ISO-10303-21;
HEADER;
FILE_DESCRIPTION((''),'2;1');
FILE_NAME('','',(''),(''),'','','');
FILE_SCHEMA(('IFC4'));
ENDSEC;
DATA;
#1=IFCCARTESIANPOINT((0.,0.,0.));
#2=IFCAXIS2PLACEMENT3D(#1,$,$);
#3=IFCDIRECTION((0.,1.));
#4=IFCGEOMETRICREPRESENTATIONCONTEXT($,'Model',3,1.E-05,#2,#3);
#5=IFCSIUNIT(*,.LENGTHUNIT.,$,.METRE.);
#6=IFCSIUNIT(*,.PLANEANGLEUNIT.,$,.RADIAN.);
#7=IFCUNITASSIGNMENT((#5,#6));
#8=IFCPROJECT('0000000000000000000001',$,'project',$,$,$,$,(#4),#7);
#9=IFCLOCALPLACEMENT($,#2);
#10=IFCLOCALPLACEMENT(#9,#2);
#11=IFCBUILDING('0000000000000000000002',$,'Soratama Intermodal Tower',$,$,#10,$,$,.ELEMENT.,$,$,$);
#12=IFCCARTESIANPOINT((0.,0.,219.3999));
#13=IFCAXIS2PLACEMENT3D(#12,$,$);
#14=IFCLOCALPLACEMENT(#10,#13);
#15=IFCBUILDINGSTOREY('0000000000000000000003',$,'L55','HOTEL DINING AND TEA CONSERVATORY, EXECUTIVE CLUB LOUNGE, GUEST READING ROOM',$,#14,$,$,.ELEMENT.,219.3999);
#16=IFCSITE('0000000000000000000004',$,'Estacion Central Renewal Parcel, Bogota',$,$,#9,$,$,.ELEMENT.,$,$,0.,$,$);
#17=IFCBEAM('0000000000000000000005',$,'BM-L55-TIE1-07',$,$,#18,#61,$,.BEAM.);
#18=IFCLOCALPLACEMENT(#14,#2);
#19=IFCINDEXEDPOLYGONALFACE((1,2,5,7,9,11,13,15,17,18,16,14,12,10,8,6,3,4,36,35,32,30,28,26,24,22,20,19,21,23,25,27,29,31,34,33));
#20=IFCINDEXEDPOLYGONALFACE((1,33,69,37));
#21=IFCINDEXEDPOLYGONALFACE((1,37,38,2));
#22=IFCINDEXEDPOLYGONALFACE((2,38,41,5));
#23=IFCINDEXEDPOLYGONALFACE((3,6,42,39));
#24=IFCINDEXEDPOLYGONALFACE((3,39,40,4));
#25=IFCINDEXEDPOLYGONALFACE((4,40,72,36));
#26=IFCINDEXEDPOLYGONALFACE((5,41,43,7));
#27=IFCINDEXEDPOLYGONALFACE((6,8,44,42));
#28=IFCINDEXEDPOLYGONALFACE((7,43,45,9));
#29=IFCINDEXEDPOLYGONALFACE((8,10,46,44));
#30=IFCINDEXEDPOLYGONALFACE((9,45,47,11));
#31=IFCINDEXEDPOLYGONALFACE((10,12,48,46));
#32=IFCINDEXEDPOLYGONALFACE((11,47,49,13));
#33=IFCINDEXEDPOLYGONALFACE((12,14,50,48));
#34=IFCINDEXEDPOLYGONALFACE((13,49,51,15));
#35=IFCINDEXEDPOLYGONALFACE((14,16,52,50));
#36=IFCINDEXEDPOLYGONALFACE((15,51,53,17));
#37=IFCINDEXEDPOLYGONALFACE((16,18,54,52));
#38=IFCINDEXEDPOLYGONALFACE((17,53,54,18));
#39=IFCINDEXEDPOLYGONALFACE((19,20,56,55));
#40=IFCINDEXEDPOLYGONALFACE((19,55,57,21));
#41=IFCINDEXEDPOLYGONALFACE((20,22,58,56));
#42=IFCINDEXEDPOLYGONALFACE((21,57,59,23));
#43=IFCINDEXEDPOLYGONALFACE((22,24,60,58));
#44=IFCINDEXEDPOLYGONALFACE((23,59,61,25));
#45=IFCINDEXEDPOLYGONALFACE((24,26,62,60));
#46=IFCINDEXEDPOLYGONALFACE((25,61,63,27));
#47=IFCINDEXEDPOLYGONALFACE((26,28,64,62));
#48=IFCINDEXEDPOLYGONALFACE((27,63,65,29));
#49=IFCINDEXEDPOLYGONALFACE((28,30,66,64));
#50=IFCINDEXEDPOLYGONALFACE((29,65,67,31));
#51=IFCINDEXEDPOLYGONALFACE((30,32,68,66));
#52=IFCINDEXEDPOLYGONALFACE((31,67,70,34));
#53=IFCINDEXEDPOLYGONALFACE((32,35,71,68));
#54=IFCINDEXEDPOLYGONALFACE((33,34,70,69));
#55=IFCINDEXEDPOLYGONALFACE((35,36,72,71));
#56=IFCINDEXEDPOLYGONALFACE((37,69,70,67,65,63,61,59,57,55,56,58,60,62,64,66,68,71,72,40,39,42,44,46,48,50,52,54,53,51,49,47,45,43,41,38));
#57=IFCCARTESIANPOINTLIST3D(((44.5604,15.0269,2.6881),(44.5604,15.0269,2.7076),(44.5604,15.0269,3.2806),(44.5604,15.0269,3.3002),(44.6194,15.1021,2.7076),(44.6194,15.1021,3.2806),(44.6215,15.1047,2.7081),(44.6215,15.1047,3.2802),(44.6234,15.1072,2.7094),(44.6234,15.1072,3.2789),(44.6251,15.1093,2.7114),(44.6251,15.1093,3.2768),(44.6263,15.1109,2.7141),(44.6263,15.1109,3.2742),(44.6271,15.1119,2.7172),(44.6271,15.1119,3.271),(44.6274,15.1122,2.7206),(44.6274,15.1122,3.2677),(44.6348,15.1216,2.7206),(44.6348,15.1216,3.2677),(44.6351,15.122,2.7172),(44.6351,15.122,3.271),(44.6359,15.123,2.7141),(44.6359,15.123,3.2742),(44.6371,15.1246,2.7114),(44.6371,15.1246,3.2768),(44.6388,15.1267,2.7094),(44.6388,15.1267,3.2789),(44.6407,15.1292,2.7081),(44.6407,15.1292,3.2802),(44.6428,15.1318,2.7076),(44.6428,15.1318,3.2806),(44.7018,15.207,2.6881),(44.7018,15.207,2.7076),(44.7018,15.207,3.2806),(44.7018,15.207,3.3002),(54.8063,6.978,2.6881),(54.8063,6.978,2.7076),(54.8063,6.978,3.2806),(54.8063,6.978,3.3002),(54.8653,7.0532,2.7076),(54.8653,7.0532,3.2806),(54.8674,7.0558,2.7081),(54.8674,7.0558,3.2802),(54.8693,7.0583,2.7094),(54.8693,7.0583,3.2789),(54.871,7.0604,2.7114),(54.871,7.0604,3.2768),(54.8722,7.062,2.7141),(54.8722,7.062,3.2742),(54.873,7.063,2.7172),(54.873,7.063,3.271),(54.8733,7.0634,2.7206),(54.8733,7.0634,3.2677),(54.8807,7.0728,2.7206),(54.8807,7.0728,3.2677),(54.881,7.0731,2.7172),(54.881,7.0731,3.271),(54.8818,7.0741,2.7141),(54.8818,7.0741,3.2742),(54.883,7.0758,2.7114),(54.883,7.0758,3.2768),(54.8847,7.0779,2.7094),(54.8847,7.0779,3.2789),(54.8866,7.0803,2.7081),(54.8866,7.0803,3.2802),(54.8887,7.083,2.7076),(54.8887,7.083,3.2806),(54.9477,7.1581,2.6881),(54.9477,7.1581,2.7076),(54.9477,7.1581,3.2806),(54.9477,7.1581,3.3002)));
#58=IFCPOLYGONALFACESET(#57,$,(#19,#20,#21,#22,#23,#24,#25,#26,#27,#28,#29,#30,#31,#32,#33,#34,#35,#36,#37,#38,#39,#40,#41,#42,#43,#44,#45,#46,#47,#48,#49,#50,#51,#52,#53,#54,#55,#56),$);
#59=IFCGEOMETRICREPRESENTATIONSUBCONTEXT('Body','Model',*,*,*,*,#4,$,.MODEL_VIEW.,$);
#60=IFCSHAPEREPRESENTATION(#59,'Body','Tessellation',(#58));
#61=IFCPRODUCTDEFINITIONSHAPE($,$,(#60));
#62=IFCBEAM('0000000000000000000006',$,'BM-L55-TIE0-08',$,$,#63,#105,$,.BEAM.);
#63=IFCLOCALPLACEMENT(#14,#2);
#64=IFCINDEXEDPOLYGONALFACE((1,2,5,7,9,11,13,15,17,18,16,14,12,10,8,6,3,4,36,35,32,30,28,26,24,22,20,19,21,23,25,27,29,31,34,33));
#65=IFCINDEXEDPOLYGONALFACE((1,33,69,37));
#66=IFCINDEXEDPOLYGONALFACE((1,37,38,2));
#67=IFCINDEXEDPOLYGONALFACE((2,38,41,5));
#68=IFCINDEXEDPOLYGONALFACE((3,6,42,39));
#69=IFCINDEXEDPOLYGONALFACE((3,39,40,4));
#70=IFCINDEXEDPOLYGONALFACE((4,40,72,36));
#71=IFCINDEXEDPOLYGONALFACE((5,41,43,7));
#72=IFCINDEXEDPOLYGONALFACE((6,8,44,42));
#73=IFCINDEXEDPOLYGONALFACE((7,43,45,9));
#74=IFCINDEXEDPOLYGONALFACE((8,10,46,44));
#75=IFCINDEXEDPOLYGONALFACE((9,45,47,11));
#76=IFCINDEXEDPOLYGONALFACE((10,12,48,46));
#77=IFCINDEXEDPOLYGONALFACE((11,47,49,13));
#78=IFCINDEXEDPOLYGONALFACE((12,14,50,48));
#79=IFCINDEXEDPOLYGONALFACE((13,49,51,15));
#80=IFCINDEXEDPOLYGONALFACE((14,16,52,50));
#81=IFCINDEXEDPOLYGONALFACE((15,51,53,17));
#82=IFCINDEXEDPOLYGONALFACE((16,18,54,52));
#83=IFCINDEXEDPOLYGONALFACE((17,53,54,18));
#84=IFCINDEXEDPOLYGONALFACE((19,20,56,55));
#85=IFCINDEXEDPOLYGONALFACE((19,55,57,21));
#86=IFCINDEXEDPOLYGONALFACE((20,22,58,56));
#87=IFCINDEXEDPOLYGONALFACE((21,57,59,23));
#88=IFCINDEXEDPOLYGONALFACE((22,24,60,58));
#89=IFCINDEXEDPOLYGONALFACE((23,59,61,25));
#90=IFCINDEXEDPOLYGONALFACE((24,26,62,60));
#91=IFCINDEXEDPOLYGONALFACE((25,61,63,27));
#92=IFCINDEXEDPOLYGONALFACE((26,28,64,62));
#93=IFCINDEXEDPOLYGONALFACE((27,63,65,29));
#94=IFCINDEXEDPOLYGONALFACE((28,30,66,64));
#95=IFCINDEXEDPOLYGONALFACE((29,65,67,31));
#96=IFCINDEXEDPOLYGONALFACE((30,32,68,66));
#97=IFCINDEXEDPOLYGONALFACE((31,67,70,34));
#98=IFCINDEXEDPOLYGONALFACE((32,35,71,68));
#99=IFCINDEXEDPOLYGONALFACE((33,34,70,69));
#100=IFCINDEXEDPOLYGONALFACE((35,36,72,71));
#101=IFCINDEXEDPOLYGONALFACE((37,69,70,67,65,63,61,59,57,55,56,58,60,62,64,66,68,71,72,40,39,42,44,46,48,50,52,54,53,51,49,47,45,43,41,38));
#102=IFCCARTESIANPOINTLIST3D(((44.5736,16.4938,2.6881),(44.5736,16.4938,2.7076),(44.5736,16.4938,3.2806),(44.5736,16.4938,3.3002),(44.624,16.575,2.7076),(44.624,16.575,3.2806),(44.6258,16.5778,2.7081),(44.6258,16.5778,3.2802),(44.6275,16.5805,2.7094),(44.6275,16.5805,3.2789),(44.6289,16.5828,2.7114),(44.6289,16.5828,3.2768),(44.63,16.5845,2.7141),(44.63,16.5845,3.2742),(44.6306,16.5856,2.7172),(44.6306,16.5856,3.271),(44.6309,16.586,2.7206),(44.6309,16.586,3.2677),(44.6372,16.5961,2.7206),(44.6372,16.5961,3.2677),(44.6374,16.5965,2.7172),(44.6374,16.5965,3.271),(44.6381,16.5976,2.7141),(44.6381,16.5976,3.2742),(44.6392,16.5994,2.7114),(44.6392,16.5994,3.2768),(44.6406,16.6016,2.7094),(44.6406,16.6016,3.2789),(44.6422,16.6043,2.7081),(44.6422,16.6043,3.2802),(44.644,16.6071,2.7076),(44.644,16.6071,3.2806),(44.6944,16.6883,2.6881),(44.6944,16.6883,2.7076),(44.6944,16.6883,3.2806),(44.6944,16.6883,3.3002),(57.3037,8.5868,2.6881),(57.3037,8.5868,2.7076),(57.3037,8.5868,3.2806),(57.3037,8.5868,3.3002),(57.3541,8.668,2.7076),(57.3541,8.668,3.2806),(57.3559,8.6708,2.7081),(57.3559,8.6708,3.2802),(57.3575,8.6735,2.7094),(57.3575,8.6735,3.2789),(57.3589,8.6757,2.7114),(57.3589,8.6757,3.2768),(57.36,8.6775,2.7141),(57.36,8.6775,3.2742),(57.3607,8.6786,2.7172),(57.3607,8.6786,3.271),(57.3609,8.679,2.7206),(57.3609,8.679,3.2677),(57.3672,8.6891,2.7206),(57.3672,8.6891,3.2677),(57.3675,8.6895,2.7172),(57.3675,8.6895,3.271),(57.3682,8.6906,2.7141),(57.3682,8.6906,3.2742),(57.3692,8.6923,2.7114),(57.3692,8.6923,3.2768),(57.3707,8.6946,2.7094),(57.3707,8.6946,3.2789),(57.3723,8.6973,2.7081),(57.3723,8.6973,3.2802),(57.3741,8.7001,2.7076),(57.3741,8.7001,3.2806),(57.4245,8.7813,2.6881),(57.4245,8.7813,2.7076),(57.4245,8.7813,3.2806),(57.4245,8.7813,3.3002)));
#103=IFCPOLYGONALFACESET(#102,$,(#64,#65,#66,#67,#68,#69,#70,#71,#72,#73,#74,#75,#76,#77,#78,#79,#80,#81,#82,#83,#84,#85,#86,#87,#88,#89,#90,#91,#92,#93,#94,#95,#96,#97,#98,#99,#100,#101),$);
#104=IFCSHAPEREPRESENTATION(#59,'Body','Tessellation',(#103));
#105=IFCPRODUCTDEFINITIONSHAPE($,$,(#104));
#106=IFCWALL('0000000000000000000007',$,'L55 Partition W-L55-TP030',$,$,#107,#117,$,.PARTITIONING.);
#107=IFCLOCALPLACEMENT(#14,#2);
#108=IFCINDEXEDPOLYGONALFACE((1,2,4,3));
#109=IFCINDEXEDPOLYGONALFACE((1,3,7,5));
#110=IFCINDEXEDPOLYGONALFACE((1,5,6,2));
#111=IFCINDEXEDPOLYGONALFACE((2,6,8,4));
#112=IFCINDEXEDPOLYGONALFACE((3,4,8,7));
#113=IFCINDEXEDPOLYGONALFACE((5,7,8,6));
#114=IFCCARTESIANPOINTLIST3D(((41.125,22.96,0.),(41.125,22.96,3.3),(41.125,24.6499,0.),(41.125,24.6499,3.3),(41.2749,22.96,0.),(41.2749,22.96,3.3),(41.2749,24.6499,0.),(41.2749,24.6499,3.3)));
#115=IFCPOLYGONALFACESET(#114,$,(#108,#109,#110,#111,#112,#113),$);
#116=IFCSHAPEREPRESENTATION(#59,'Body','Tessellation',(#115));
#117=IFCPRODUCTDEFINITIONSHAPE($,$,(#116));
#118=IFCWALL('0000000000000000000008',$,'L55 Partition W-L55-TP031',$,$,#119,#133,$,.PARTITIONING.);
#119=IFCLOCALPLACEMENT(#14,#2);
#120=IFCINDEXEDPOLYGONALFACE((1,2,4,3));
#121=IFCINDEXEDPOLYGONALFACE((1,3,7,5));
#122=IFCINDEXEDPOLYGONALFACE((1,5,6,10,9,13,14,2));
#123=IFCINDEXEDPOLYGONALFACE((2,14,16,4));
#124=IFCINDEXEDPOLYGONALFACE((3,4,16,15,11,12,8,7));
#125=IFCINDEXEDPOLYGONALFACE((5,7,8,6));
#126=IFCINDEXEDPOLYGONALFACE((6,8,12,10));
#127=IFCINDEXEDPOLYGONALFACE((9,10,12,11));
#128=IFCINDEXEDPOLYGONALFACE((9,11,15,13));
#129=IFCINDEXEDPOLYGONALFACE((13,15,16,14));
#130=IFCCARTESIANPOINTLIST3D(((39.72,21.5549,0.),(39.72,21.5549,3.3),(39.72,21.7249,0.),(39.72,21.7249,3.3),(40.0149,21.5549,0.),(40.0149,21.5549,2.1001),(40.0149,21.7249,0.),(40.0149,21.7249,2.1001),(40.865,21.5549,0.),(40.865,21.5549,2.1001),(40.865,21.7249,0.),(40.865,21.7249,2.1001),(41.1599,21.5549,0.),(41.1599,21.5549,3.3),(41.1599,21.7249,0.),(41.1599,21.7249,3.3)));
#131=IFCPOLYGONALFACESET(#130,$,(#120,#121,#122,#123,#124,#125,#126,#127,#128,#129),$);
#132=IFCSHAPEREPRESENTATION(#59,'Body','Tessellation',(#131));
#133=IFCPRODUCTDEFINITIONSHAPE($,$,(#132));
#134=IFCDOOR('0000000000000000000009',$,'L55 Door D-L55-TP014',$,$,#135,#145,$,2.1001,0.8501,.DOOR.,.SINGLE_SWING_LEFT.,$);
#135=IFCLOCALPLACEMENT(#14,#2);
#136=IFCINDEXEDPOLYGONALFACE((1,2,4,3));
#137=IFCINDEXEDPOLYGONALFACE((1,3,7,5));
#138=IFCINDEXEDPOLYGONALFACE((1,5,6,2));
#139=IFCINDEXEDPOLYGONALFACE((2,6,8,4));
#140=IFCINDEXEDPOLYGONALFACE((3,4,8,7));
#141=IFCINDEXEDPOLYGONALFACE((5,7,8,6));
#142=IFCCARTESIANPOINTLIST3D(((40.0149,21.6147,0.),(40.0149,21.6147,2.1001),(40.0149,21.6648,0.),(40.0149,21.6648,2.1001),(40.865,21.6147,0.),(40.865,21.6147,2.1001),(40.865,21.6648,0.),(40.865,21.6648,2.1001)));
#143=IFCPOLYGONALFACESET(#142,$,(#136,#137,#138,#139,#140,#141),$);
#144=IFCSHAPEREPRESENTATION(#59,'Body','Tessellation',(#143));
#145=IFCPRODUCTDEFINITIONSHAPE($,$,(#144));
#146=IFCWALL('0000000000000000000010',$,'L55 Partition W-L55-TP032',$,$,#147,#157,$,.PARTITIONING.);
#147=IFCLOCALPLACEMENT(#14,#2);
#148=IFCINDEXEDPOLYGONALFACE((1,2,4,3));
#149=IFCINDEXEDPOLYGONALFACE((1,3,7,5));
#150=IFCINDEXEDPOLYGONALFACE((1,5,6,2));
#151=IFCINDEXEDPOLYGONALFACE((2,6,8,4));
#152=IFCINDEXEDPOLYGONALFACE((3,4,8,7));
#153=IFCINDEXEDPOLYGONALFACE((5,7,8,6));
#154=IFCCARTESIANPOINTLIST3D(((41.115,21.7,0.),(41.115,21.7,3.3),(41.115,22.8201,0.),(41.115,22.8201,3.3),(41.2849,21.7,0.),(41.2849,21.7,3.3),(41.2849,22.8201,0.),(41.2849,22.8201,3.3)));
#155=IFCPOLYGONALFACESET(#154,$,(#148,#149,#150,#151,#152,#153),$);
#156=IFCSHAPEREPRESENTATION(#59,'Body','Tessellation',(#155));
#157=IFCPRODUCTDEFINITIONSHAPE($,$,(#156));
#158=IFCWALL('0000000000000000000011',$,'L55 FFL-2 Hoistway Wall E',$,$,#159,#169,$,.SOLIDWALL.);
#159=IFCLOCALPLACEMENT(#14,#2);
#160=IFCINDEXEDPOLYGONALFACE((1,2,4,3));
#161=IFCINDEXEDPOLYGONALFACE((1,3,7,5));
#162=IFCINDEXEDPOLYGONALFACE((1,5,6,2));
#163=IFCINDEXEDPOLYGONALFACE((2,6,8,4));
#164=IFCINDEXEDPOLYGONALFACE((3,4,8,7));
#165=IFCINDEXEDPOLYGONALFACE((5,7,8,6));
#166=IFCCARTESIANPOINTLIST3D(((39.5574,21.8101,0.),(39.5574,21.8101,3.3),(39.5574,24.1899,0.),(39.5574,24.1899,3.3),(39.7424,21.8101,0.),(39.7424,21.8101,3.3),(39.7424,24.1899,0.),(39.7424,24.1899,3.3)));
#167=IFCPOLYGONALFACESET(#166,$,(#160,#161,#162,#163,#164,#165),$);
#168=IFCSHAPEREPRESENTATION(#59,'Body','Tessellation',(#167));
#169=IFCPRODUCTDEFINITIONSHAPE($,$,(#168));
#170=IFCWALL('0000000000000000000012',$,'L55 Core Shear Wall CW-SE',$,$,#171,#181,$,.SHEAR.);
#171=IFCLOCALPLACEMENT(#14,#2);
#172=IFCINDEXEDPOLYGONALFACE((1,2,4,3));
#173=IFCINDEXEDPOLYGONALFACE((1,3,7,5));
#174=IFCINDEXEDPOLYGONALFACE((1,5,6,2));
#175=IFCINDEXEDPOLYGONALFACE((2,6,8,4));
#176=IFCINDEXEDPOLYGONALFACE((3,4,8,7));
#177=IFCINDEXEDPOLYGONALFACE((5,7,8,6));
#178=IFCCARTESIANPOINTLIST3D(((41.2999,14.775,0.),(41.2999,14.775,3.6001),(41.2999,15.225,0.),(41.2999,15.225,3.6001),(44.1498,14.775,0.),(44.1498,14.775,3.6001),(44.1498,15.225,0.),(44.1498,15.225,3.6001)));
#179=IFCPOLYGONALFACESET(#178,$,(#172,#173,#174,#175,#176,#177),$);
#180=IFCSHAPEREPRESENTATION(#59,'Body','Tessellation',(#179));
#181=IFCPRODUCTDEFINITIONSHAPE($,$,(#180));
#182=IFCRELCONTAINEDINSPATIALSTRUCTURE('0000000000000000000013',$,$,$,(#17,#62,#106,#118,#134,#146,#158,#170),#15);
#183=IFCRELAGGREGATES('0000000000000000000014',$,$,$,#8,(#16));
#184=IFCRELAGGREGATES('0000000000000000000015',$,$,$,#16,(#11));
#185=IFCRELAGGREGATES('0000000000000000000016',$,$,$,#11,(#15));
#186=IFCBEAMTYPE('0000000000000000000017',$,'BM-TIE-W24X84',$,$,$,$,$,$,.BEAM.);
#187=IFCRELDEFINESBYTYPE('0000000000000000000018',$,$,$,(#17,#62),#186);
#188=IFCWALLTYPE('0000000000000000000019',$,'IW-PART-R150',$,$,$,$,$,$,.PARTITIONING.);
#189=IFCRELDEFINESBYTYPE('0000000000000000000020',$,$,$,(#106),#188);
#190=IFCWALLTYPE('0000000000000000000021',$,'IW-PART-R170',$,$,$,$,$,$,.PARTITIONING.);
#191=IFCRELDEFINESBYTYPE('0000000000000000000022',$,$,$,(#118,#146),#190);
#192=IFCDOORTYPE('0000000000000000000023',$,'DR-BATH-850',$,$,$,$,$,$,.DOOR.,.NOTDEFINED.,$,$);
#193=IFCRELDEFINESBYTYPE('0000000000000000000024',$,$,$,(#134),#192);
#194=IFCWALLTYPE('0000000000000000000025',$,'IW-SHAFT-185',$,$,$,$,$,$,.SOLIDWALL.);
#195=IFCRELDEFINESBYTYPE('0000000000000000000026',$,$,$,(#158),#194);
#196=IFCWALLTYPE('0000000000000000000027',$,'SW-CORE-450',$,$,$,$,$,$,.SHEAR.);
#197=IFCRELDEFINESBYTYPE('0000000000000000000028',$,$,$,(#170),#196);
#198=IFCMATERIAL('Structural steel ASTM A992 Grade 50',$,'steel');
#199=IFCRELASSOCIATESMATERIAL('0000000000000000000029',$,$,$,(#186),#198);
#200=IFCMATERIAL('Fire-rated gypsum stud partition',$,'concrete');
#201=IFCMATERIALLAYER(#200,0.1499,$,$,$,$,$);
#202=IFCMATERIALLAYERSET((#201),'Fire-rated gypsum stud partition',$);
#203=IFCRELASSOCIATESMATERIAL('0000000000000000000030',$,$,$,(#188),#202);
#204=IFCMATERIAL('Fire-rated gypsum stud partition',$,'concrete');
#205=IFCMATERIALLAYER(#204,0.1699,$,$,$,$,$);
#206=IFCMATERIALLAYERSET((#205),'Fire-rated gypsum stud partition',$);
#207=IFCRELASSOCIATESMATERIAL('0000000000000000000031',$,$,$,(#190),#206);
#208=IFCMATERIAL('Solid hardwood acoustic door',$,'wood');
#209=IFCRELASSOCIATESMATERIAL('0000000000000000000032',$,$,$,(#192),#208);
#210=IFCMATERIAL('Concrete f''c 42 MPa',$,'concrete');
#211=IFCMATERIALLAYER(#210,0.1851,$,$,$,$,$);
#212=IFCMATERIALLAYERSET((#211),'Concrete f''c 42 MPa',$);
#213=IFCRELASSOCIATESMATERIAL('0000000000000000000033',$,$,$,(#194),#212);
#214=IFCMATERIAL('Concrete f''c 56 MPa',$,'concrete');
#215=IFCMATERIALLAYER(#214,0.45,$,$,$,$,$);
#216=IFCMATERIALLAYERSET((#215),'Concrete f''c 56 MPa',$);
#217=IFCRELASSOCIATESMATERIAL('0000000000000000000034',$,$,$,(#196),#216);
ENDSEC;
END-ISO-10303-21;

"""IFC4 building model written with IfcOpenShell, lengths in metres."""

from ifc_helpers import new_model, si_unit, direction, frame, frame_2d, origin, origin_2d, place, context, subcontext, project, spatial, rectangle, i_section, extrude, material, layer, layer_set, material_profile, profile_set, type_object, element, fill, save


model = new_model("IFC4")

# Units and contexts
model_context = context("Model", 3, precision=1e-05, world=origin(), true_north=direction((0.0, 1.0)))
body_context = subcontext(model_context, "Body", "Model", "MODEL_VIEW")
ifc_project = project(units=[si_unit("LENGTHUNIT", "METRE"), si_unit("PLANEANGLEUNIT", "RADIAN")], contexts=[model_context])

# Site, building, storey
site_placement = place(None, origin())
site = spatial("IfcSite", under=ifc_project, at=site_placement, Name="Estacion Central Renewal Parcel, Bogota", CompositionType="ELEMENT", RefElevation=0.0)
building_placement = place(site_placement, origin())
building = spatial("IfcBuilding", under=site, at=building_placement, Name="Soratama Intermodal Tower", CompositionType="ELEMENT")
storey_placement = place(building_placement, frame((0.0, 0.0, 219.3999)))
storey = spatial("IfcBuildingStorey", under=building, at=storey_placement, Name="L55", Description="HOTEL DINING AND TEA CONSERVATORY, EXECUTIVE CLUB LOUNGE, GUEST READING ROOM", CompositionType="ELEMENT", Elevation=219.3999)

# Beams
ifc_material_1 = material(Name="Structural steel ASTM A992 Grade 50", Category="steel")
ifc_material_profile_1 = material_profile(ifc_material_1, i_section(OverallWidth=0.229, OverallDepth=0.6121, WebThickness=0.012, FlangeThickness=0.0195, FilletRadius=0.0129, at=origin_2d()), Name="W24X84")
ifc_profile_set_1 = profile_set([ifc_material_profile_1], Name="Structural steel ASTM A992 Grade 50")
beam_type_1 = type_object("IfcBeamType", Name="BM-TIE-W24X84", PredefinedType="BEAM", material=ifc_profile_set_1)
beam_1_placement = place(storey_placement, frame((44.6311, 15.1169, 2.9941), z_axis=(0.786374, -0.617751, 0.0), x_axis=(0.617751, 0.786374, 0.0)))
element("IfcBeam", 1, at=beam_1_placement, inside=storey, type_object=beam_type_1, Name="BM-L55-TIE1-07", PredefinedType="BEAM", context=body_context, shape_type="SweptSolid", body=[
    extrude(i_section(OverallWidth=0.229, OverallDepth=0.6121, WebThickness=0.012, FlangeThickness=0.0195, FilletRadius=0.0129, at=origin_2d()), origin(), (0.0, 0.0, 1.0), 13.0293),
])
beam_2_placement = place(storey_placement, frame((44.634, 16.5911, 2.9941), z_axis=(0.849472, -0.527633, 0.0), x_axis=(0.527633, 0.849472, 0.0)))
element("IfcBeam", 2, at=beam_2_placement, inside=storey, type_object=beam_type_1, Name="BM-L55-TIE0-08", PredefinedType="BEAM", context=body_context, shape_type="SweptSolid", body=[
    extrude(i_section(OverallWidth=0.229, OverallDepth=0.6121, WebThickness=0.012, FlangeThickness=0.0195, FilletRadius=0.0129, at=origin_2d()), origin(), (0.0, 0.0, 1.0), 14.9858),
])

# Wall
ifc_material_2 = material(Name="Fire-rated gypsum stud partition", Category="concrete")
ifc_layer_1 = layer(ifc_material_2, 0.1499)
ifc_layer_set_1 = layer_set([ifc_layer_1], Name="Fire-rated gypsum stud partition")
wall_type_1 = type_object("IfcWallType", Name="IW-PART-R150", PredefinedType="PARTITIONING", material=ifc_layer_set_1)
wall_1_placement = place(storey_placement, frame((41.2, 22.96, 0.0), z_axis=(0.0, 0.0, 1.0), x_axis=(0.0, 1.0, 0.0)))
element("IfcWall", 3, at=wall_1_placement, inside=storey, type_object=wall_type_1, Name="L55 Partition W-L55-TP030", PredefinedType="PARTITIONING", context=body_context, shape_type="SweptSolid", body=[
    extrude(rectangle(XDim=1.6899, YDim=0.1499, at=frame_2d((0.845, 0.0))), origin(), (0.0, 0.0, 1.0), 3.3),
])

# Wall, opening, door
ifc_material_3 = material(Name="Fire-rated gypsum stud partition", Category="concrete")
ifc_layer_2 = layer(ifc_material_3, 0.1699)
ifc_layer_set_2 = layer_set([ifc_layer_2], Name="Fire-rated gypsum stud partition")
wall_type_2 = type_object("IfcWallType", Name="IW-PART-R170", PredefinedType="PARTITIONING", material=ifc_layer_set_2)
wall_2_placement = place(storey_placement, frame((39.72, 21.6399, 0.0), z_axis=(0.0, 0.0, 1.0), x_axis=(1.0, 0.0, 0.0)))
wall_2 = element("IfcWall", 4, at=wall_2_placement, inside=storey, type_object=wall_type_2, Name="L55 Partition W-L55-TP031", PredefinedType="PARTITIONING", context=body_context, shape_type="SweptSolid", body=[
    extrude(rectangle(XDim=1.4399, YDim=0.1699, at=frame_2d((0.72, 0.0))), origin(), (0.0, 0.0, 1.0), 3.3),
])
opening_1_placement = place(wall_2_placement, frame((0.2949, 0.0, 0.0)))
opening_1 = element("IfcOpeningElement", 5, at=opening_1_placement, cuts=wall_2, PredefinedType="OPENING", context=body_context, shape_type="SweptSolid", body=[
    extrude(rectangle(XDim=0.8501, YDim=2.1001, at=frame_2d((0.425, 1.05))), frame((0.0, 0.095, 0.0), z_axis=(0.0, -1.0, 0.0), x_axis=(1.0, 0.0, 0.0)), (0.0, 0.0, 1.0), 0.1899),
])
ifc_material_4 = material(Name="Solid hardwood acoustic door", Category="wood")
door_type_1 = type_object("IfcDoorType", Name="DR-BATH-850", OperationType="NOTDEFINED", PredefinedType="DOOR", material=ifc_material_4)
door_1_placement = place(opening_1_placement, origin())
door_1 = element("IfcDoor", 6, at=door_1_placement, inside=storey, type_object=door_type_1, Name="L55 Door D-L55-TP014", OperationType="SINGLE_SWING_LEFT", OverallHeight=2.1001, OverallWidth=0.8501, PredefinedType="DOOR", context=body_context, shape_type="SweptSolid", body=[
    extrude(rectangle(XDim=0.8501, YDim=2.1001, at=frame_2d((0.425, 1.05))), frame((0.0, 0.0249, 0.0), z_axis=(0.0, -1.0, 0.0), x_axis=(1.0, 0.0, 0.0)), (0.0, 0.0, 1.0), 0.05),
])
fill(opening_1, door_1)

# Walls
wall_3_placement = place(storey_placement, frame((41.2, 21.7, 0.0), z_axis=(0.0, 0.0, 1.0), x_axis=(0.0, 1.0, 0.0)))
element("IfcWall", 7, at=wall_3_placement, inside=storey, type_object=wall_type_2, Name="L55 Partition W-L55-TP032", PredefinedType="PARTITIONING", context=body_context, shape_type="SweptSolid", body=[
    extrude(rectangle(XDim=1.1201, YDim=0.1699, at=frame_2d((0.5601, 0.0))), origin(), (0.0, 0.0, 1.0), 3.3),
])
ifc_material_5 = material(Name="Concrete f'c 42 MPa", Category="concrete")
ifc_layer_3 = layer(ifc_material_5, 0.1851)
ifc_layer_set_3 = layer_set([ifc_layer_3], Name="Concrete f'c 42 MPa")
wall_type_3 = type_object("IfcWallType", Name="IW-SHAFT-185", PredefinedType="SOLIDWALL", material=ifc_layer_set_3)
wall_4_placement = place(storey_placement, frame((39.6499, 21.8101, 0.0), z_axis=(0.0, 0.0, 1.0), x_axis=(0.0, 1.0, 0.0)))
element("IfcWall", 8, at=wall_4_placement, inside=storey, type_object=wall_type_3, Name="L55 FFL-2 Hoistway Wall E", PredefinedType="SOLIDWALL", context=body_context, shape_type="SweptSolid", body=[
    extrude(rectangle(XDim=2.3799, YDim=0.1851, at=frame_2d((1.1899, 0.0))), origin(), (0.0, 0.0, 1.0), 3.3),
])
ifc_material_6 = material(Name="Concrete f'c 56 MPa", Category="concrete")
ifc_layer_4 = layer(ifc_material_6, 0.45)
ifc_layer_set_4 = layer_set([ifc_layer_4], Name="Concrete f'c 56 MPa")
wall_type_4 = type_object("IfcWallType", Name="SW-CORE-450", PredefinedType="SHEAR", material=ifc_layer_set_4)
wall_5_placement = place(storey_placement, frame((41.3, 15.0, 0.0), z_axis=(0.0, 0.0, 1.0), x_axis=(1.0, 0.0, 0.0)))
element("IfcWall", 9, at=wall_5_placement, inside=storey, type_object=wall_type_4, Name="L55 Core Shear Wall CW-SE", PredefinedType="SHEAR", context=body_context, shape_type="SweptSolid", body=[
    extrude(rectangle(XDim=2.8499, YDim=0.45, at=frame_2d((1.4248, 0.0))), origin(), (0.0, 0.0, 1.0), 3.6001),
])

save(model, "model.ifc")
